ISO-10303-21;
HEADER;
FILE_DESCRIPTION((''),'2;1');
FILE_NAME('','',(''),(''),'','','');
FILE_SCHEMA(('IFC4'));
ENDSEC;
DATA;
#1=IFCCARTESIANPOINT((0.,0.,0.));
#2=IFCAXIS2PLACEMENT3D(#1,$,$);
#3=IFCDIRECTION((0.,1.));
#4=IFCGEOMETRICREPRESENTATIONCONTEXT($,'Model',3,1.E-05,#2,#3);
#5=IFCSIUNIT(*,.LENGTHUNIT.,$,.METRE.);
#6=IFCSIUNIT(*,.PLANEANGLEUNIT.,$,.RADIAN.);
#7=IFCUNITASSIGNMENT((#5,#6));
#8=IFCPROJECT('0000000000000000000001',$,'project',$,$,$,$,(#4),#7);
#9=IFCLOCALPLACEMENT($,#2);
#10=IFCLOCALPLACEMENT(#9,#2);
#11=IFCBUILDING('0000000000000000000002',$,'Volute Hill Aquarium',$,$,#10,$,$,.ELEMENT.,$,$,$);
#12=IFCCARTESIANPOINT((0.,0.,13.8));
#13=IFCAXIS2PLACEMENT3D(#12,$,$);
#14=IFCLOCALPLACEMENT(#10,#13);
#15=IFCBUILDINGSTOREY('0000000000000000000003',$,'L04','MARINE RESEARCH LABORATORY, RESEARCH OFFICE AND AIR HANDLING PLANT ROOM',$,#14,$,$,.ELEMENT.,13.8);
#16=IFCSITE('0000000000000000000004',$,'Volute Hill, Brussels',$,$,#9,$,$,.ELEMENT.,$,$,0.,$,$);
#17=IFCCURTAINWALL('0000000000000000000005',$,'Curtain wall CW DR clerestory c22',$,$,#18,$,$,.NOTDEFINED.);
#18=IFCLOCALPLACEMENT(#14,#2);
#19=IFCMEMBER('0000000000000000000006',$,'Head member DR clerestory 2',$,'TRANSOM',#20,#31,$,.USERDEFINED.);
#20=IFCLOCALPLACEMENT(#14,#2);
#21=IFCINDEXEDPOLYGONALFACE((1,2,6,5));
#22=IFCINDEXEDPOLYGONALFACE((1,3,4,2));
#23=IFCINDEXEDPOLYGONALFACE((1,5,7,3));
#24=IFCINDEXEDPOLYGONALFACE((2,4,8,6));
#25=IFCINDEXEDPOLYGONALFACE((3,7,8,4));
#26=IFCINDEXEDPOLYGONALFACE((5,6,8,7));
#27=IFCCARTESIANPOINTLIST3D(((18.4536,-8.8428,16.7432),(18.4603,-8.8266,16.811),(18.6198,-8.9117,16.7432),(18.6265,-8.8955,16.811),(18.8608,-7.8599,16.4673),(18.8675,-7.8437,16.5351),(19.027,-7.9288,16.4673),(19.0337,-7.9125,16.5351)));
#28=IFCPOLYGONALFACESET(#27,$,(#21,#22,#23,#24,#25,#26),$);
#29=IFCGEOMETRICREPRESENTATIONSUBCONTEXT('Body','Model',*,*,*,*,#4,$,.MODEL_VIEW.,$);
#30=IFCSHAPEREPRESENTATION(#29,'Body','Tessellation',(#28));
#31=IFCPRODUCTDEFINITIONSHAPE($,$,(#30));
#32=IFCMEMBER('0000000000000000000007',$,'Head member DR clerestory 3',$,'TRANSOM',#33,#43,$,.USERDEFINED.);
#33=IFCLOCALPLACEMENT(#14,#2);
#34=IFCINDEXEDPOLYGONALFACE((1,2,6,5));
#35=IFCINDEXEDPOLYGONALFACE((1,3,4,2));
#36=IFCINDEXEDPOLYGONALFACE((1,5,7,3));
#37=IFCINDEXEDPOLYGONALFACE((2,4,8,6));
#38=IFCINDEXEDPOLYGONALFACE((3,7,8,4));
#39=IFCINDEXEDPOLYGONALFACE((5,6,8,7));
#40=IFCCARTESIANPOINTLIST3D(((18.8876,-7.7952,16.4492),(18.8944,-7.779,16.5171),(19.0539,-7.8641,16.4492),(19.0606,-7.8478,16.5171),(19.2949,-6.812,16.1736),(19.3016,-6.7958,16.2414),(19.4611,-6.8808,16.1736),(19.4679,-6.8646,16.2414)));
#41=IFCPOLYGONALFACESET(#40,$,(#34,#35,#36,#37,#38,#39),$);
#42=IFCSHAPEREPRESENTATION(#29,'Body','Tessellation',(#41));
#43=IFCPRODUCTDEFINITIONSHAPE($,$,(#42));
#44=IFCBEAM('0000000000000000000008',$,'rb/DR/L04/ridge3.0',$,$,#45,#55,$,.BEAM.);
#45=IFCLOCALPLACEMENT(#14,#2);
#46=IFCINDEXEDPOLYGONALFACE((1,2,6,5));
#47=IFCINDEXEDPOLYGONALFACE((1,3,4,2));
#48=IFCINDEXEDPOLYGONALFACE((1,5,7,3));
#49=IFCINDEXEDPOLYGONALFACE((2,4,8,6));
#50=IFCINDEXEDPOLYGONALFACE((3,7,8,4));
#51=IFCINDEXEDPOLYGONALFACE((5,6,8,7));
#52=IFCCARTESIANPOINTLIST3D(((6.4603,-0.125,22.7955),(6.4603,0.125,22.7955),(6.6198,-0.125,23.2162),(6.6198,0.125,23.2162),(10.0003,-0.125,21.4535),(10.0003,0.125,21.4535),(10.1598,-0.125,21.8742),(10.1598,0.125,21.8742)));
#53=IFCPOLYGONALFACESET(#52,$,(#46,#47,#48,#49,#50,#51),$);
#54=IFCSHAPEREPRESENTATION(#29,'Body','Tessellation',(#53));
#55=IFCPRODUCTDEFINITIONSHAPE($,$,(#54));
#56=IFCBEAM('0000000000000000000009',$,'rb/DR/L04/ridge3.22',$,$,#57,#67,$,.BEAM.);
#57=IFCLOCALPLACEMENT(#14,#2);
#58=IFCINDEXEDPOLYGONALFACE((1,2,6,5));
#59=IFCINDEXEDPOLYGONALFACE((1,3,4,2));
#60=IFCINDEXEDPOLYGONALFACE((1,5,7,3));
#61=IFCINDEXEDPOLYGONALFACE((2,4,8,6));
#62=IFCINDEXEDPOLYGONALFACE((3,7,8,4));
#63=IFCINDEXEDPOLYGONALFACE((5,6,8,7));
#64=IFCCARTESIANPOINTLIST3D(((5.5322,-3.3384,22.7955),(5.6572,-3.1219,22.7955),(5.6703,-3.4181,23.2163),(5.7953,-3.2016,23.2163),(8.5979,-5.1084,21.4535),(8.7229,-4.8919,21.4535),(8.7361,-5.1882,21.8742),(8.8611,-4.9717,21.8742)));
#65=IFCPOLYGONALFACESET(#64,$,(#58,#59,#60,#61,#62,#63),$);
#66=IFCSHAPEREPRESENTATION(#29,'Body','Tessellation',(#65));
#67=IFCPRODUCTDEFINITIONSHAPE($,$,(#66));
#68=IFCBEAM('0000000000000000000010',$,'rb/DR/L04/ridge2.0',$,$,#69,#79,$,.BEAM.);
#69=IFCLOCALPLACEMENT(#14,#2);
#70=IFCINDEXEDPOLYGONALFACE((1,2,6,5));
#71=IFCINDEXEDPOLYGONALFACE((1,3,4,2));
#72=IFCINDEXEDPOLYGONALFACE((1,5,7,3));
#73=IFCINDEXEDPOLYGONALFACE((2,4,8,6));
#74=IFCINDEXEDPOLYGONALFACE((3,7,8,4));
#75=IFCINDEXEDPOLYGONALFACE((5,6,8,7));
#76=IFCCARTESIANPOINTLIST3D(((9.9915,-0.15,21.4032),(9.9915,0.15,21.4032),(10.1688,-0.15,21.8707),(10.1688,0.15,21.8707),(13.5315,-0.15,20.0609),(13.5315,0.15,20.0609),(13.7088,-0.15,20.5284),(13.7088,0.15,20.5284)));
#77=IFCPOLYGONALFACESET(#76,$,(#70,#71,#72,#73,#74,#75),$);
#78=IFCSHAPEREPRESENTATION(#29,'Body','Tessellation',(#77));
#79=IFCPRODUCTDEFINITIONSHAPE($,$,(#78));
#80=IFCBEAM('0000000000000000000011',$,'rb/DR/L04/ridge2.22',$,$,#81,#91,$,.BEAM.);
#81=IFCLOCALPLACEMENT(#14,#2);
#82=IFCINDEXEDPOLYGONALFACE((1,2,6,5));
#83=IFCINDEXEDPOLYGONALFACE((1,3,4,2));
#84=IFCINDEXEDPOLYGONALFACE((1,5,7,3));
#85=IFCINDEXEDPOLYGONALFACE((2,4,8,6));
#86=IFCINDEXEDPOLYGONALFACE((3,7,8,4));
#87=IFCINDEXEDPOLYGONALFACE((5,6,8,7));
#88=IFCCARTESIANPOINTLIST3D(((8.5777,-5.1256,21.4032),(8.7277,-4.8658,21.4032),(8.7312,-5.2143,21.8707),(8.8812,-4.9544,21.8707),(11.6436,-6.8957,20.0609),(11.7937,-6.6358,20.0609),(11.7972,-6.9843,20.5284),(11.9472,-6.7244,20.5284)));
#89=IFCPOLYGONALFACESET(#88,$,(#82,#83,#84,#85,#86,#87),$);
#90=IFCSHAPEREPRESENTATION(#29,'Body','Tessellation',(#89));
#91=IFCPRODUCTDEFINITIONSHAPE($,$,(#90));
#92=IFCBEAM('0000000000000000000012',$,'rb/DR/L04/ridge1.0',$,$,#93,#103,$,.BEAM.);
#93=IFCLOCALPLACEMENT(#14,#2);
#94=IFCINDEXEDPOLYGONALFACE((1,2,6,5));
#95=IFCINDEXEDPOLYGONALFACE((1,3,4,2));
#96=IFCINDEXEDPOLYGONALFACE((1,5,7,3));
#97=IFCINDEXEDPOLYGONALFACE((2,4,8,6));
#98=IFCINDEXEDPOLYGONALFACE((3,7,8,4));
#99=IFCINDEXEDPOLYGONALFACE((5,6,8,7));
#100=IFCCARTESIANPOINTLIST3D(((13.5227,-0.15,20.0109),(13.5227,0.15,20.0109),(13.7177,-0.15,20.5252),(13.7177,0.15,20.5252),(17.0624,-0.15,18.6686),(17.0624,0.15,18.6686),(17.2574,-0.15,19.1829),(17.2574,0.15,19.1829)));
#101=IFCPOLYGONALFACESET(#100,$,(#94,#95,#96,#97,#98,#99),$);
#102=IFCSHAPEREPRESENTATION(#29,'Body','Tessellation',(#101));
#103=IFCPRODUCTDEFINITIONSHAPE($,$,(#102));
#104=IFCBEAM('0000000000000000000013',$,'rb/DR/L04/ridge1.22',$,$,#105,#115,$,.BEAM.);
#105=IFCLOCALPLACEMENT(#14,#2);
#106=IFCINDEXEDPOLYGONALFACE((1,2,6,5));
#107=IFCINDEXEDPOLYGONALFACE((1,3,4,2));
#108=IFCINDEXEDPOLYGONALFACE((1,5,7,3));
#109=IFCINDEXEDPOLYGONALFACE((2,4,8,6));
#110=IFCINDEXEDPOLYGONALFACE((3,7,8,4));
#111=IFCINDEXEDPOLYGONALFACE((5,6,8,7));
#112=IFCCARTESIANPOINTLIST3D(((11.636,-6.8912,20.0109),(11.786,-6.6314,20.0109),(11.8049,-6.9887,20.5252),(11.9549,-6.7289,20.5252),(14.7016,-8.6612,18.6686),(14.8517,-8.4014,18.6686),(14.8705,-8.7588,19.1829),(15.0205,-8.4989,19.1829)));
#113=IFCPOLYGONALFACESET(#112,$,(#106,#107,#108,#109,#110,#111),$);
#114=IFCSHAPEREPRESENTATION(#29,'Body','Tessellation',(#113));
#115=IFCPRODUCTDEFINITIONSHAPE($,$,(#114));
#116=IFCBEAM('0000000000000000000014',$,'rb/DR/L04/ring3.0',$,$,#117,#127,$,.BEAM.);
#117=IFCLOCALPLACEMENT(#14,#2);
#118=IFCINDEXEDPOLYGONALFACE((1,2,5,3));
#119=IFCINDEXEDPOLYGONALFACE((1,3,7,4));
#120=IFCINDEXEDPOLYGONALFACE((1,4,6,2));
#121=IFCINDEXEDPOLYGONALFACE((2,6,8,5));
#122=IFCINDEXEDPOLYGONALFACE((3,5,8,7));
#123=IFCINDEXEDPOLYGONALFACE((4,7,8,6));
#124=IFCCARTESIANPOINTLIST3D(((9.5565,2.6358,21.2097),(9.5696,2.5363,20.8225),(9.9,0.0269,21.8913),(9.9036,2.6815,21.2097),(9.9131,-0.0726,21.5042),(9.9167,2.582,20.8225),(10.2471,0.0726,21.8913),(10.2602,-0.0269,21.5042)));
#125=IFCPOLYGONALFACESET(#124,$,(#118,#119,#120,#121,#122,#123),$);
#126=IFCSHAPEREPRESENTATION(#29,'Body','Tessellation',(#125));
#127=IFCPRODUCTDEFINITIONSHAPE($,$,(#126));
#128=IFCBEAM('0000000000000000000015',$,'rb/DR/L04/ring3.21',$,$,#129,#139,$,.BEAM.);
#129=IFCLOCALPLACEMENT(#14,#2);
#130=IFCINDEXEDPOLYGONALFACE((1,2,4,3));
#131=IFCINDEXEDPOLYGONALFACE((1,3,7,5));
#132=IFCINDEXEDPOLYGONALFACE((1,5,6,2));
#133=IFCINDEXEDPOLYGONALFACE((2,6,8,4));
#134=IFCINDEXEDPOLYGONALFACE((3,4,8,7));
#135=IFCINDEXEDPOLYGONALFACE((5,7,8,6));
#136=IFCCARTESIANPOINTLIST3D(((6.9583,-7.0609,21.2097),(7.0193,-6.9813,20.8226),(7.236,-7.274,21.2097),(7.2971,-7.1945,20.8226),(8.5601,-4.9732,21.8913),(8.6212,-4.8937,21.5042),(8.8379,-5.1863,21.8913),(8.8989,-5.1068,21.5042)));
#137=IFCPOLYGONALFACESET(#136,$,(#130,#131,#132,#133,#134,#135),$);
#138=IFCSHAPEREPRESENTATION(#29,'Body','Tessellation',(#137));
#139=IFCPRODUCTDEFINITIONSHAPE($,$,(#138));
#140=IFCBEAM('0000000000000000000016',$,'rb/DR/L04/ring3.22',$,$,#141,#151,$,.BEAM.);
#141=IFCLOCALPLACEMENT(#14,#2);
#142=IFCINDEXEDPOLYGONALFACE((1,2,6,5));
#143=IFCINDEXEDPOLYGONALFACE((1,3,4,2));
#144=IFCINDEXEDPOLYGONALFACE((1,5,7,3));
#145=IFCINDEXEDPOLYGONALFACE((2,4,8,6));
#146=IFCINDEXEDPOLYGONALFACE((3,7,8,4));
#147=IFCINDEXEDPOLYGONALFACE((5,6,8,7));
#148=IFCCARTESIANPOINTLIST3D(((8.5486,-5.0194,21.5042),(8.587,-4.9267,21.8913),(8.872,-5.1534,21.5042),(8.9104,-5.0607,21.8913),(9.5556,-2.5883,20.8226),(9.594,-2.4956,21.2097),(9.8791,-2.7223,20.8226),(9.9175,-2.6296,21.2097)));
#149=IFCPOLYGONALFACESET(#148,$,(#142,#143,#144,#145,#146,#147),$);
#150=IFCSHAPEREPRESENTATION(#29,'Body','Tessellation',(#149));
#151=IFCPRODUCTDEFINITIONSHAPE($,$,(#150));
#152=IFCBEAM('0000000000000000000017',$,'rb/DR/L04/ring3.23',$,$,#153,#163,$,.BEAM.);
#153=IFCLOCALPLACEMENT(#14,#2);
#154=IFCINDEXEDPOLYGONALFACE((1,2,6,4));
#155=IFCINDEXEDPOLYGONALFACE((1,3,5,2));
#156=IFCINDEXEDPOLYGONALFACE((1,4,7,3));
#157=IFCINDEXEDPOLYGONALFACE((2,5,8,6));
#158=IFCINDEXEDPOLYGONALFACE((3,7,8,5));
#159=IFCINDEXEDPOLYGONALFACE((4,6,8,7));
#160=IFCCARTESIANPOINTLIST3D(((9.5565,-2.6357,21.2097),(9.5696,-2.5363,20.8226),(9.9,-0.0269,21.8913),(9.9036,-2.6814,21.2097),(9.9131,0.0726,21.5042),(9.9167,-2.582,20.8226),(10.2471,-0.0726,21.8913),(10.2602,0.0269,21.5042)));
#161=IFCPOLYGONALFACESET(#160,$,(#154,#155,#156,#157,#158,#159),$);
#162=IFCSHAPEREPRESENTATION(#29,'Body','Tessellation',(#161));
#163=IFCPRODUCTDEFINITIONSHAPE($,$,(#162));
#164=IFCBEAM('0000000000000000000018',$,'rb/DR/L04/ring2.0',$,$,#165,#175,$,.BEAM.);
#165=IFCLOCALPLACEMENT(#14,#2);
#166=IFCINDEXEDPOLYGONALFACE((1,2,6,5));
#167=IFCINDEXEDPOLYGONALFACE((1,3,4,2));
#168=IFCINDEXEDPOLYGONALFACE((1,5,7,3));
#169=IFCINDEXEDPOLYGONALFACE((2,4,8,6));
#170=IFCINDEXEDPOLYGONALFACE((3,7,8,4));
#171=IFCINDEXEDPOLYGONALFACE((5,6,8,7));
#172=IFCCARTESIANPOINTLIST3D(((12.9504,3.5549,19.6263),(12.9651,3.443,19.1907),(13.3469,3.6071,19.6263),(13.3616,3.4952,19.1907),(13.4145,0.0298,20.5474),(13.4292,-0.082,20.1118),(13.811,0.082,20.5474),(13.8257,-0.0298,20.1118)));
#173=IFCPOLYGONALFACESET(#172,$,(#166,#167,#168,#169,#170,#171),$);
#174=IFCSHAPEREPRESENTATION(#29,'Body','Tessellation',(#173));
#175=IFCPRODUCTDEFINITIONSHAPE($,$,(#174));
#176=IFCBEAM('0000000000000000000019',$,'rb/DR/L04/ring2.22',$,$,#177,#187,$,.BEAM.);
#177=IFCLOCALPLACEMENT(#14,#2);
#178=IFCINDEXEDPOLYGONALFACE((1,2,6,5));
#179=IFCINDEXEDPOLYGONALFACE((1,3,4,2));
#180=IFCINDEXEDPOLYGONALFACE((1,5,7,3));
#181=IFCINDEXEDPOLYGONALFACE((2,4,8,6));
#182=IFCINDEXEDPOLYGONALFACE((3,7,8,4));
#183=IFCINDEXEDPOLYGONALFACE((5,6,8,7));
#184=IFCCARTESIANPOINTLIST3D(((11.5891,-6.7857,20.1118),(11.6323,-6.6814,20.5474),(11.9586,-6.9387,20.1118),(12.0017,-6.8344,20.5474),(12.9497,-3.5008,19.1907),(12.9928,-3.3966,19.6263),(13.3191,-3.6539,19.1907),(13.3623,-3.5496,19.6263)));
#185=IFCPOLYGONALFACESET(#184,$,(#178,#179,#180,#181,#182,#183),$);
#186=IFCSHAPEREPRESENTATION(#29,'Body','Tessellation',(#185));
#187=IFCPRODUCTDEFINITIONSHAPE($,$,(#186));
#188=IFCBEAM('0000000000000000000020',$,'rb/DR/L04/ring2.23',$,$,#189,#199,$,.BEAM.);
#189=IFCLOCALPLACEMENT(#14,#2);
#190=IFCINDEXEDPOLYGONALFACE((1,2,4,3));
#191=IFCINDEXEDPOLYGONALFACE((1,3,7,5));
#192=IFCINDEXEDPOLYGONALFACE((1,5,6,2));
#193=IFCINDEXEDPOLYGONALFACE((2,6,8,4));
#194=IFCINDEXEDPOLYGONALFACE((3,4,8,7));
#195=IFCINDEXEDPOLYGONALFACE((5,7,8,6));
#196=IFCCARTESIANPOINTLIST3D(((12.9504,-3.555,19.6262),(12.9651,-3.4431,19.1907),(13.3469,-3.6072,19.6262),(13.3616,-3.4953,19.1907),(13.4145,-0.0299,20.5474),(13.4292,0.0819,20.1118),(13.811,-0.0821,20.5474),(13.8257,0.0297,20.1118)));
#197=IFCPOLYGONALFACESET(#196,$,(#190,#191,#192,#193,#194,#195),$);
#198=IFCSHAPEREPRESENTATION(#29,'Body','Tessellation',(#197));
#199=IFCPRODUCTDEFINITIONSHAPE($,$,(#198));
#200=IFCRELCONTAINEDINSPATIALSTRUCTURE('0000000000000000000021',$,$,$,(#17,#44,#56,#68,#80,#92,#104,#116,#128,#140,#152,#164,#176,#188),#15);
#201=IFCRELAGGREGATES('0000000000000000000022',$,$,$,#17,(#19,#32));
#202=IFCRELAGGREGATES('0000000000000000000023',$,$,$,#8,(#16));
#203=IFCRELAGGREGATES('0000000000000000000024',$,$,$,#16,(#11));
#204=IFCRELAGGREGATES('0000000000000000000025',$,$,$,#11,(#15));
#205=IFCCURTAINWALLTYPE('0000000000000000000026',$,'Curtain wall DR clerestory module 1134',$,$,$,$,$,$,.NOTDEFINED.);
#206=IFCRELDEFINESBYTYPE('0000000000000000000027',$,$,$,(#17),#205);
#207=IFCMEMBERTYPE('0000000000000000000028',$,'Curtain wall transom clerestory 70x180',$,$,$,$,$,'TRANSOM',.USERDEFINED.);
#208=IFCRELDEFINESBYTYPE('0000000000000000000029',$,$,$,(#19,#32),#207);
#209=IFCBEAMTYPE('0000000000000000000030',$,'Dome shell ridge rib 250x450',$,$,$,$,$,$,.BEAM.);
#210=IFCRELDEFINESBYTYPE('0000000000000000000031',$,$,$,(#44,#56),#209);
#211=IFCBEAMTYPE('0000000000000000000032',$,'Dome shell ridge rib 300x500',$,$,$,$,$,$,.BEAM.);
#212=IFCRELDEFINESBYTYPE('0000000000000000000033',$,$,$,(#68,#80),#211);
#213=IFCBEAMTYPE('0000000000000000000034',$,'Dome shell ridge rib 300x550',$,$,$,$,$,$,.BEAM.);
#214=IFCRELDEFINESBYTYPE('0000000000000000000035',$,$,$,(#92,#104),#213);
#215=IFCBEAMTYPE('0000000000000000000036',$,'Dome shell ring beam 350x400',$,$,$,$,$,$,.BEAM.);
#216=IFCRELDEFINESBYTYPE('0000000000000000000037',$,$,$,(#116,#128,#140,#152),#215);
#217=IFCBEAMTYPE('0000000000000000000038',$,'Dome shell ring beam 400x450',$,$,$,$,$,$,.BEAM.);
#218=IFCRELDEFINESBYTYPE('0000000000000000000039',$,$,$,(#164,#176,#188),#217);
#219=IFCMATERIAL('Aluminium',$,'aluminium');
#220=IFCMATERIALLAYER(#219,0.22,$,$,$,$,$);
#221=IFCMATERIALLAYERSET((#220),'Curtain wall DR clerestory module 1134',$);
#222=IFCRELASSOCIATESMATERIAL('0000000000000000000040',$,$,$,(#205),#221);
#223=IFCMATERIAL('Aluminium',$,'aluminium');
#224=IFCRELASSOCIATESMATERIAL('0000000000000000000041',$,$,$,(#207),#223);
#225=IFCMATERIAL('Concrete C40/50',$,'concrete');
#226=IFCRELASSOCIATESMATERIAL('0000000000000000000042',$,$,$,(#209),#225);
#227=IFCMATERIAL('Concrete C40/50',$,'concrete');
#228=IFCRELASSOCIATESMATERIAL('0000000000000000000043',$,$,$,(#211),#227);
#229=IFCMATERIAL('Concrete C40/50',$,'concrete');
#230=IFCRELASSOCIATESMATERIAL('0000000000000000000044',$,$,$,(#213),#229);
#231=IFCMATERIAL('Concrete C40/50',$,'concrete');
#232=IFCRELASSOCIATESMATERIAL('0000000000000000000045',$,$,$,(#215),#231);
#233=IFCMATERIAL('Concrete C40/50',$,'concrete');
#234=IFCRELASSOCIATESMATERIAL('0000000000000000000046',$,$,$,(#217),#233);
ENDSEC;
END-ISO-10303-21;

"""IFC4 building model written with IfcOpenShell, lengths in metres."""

from ifc_helpers import new_model, si_unit, direction, frame, origin, origin_2d, place, context, subcontext, project, spatial, rectangle, extrude, material, layer, layer_set, material_profile, profile_set, type_object, element, aggregate, save


model = new_model("IFC4")

# Units and contexts
model_context = context("Model", 3, precision=1e-05, world=origin(), true_north=direction((0.0, 1.0)))
body_context = subcontext(model_context, "Body", "Model", "MODEL_VIEW")
ifc_project = project(units=[si_unit("LENGTHUNIT", "METRE"), si_unit("PLANEANGLEUNIT", "RADIAN")], contexts=[model_context])

# Site, building, storey
site_placement = place(None, origin())
site = spatial("IfcSite", under=ifc_project, at=site_placement, Name="Volute Hill, Brussels", CompositionType="ELEMENT", RefElevation=0.0)
building_placement = place(site_placement, origin())
building = spatial("IfcBuilding", under=site, at=building_placement, Name="Volute Hill Aquarium", CompositionType="ELEMENT")
storey_placement = place(building_placement, frame((0.0, 0.0, 13.8)))
storey = spatial("IfcBuildingStorey", under=building, at=storey_placement, Name="L04", Description="MARINE RESEARCH LABORATORY, RESEARCH OFFICE AND AIR HANDLING PLANT ROOM", CompositionType="ELEMENT", Elevation=13.8)

# Curtain wall, members
ifc_material_1 = material(Name="Aluminium", Category="aluminium")
ifc_layer_1 = layer(ifc_material_1, 0.22)
ifc_layer_set_1 = layer_set([ifc_layer_1], Name="Curtain wall DR clerestory module 1134")
curtain_wall_type = type_object("IfcCurtainWallType", Name="Curtain wall DR clerestory module 1134", PredefinedType="NOTDEFINED", material=ifc_layer_set_1)
curtain_wall_placement = place(storey_placement, origin())
curtain_wall = element("IfcCurtainWall", 1, at=curtain_wall_placement, inside=storey, type_object=curtain_wall_type, Name="Curtain wall CW DR clerestory c22", PredefinedType="NOTDEFINED")
ifc_material_2 = material(Name="Aluminium", Category="aluminium")
ifc_material_profile_1 = material_profile(ifc_material_2, rectangle(XDim=0.1799, YDim=0.0701, at=origin_2d()), Name="Curtain wall transom clerestory 70x180")
ifc_profile_set_1 = profile_set([ifc_material_profile_1], Name="Aluminium")
member_type = type_object("IfcMemberType", Name="Curtain wall transom clerestory 70x180", ElementType="TRANSOM", PredefinedType="USERDEFINED", material=ifc_profile_set_1)
member_1_placement = place(storey_placement, frame((18.54, -8.8691, 16.7771), z_axis=(0.370504, 0.894274, -0.251001), x_axis=(-0.923849, 0.382757, 0.0)))
member_1 = element("IfcMember", 2, at=member_1_placement, type_object=member_type, Name="Head member DR clerestory 2", ObjectType="TRANSOM", PredefinedType="USERDEFINED", context=body_context, shape_type="SweptSolid", body=[
    extrude(rectangle(XDim=0.1799, YDim=0.0701, at=origin_2d()), origin(), (0.0, 0.0, 1.0), 1.0991),
])
member_2_placement = place(storey_placement, frame((18.9741, -7.8215, 16.4832), z_axis=(0.370451, 0.894368, -0.250743), x_axis=(-0.923883, 0.382676, 0.0)))
member_2 = element("IfcMember", 3, at=member_2_placement, type_object=member_type, Name="Head member DR clerestory 3", ObjectType="TRANSOM", PredefinedType="USERDEFINED", context=body_context, shape_type="SweptSolid", body=[
    extrude(rectangle(XDim=0.1799, YDim=0.0701, at=origin_2d()), origin(), (0.0, 0.0, 1.0), 1.0994),
])
aggregate(curtain_wall, [member_1, member_2])

# Beams
ifc_material_3 = material(Name="Concrete C40/50", Category="concrete")
ifc_material_profile_2 = material_profile(ifc_material_3, rectangle(XDim=0.25, YDim=0.45, at=origin_2d()), Name="RC rib 250x450")
ifc_profile_set_2 = profile_set([ifc_material_profile_2], Name="Concrete C40/50")
beam_type_1 = type_object("IfcBeamType", Name="Dome shell ridge rib 250x450", PredefinedType="BEAM", material=ifc_profile_set_2)
for number, where, z_axis, x_axis, name in (
    (4, (10.0801, 0.0, 21.6638), (-0.935062, 0.0, 0.354485), (0.0, -1.0, 0.0), "rb/DR/L04/ridge3.0"),
    (5, (8.7295, -5.04, 21.6638), (-0.809779, 0.46754, 0.354492), (-0.500011, -0.866019, 0.0), "rb/DR/L04/ridge3.22"),
):
    element("IfcBeam", number, at=place(storey_placement, frame(where, z_axis=z_axis, x_axis=x_axis)), inside=storey, type_object=beam_type_1, Name=name, PredefinedType="BEAM", context=body_context, shape_type="SweptSolid", body=[
        extrude(rectangle(XDim=0.25, YDim=0.45, at=origin_2d()), origin(), (0.0, 0.0, 1.0), 3.7859),
    ])
ifc_material_4 = material(Name="Concrete C40/50", Category="concrete")
ifc_material_profile_3 = material_profile(ifc_material_4, rectangle(XDim=0.3, YDim=0.5, at=origin_2d()), Name="RC rib 300x500")
ifc_profile_set_3 = profile_set([ifc_material_profile_3], Name="Concrete C40/50")
beam_type_2 = type_object("IfcBeamType", Name="Dome shell ridge rib 300x500", PredefinedType="BEAM", material=ifc_profile_set_3)
beam_1_placement = place(storey_placement, frame((13.6201, 0.0, 20.2947), z_axis=(-0.93504, 0.0, 0.354541), x_axis=(0.0, -1.0, 0.0)))
element("IfcBeam", 6, at=beam_1_placement, inside=storey, type_object=beam_type_2, Name="rb/DR/L04/ridge2.0", PredefinedType="BEAM", context=body_context, shape_type="SweptSolid", body=[
    extrude(rectangle(XDim=0.3, YDim=0.5, at=origin_2d()), origin(), (0.0, 0.0, 1.0), 3.7859),
])
beam_2_placement = place(storey_placement, frame((11.7954, -6.8101, 20.2947), z_axis=(-0.809783, 0.467505, 0.35453), x_axis=(-0.499981, -0.866036, 0.0)))
element("IfcBeam", 7, at=beam_2_placement, inside=storey, type_object=beam_type_2, Name="rb/DR/L04/ridge2.22", PredefinedType="BEAM", context=body_context, shape_type="SweptSolid", body=[
    extrude(rectangle(XDim=0.3, YDim=0.5, at=origin_2d()), origin(), (0.0, 0.0, 1.0), 3.7861),
])
ifc_material_5 = material(Name="Concrete C40/50", Category="concrete")
ifc_material_profile_4 = material_profile(ifc_material_5, rectangle(XDim=0.3, YDim=0.55, at=origin_2d()), Name="RC rib 300x550")
ifc_profile_set_4 = profile_set([ifc_material_profile_4], Name="Concrete C40/50")
beam_type_3 = type_object("IfcBeamType", Name="Dome shell ridge rib 300x550", PredefinedType="BEAM", material=ifc_profile_set_4)
beam_3_placement = place(storey_placement, frame((17.1599, 0.0, 18.9258), z_axis=(-0.935032, 0.0, 0.354563), x_axis=(0.0, -1.0, 0.0)))
element("IfcBeam", 8, at=beam_3_placement, inside=storey, type_object=beam_type_3, Name="rb/DR/L04/ridge1.0", PredefinedType="BEAM", context=body_context, shape_type="SweptSolid", body=[
    extrude(rectangle(XDim=0.3, YDim=0.55, at=origin_2d()), origin(), (0.0, 0.0, 1.0), 3.7856),
])
beam_4_placement = place(storey_placement, frame((14.8611, -8.5801, 18.9258), z_axis=(-0.80976, 0.467529, 0.354548), x_axis=(-0.500011, -0.866019, 0.0)))
element("IfcBeam", 9, at=beam_4_placement, inside=storey, type_object=beam_type_3, Name="rb/DR/L04/ridge1.22", PredefinedType="BEAM", context=body_context, shape_type="SweptSolid", body=[
    extrude(rectangle(XDim=0.3, YDim=0.55, at=origin_2d()), origin(), (0.0, 0.0, 1.0), 3.7859),
])
ifc_material_6 = material(Name="Concrete C40/50", Category="concrete")
ifc_material_profile_5 = material_profile(ifc_material_6, rectangle(XDim=0.3501, YDim=0.3999, at=origin_2d()), Name="RC beam 350x400")
ifc_profile_set_5 = profile_set([ifc_material_profile_5], Name="Concrete C40/50")
beam_type_4 = type_object("IfcBeamType", Name="Dome shell ring beam 350x400", PredefinedType="BEAM", material=ifc_profile_set_5)
for number, where, z_axis, x_axis, name in (
    (10, (10.0801, 0.0, 21.6978), (-0.12637, 0.959765, -0.250764), (-0.991443, -0.130541, 0.0), "rb/DR/L04/ring3.0"),
    (11, (7.1277, -7.1277, 21.0161), (0.589286, 0.768021, 0.250768), (-0.793372, 0.608737, 0.0), "rb/DR/L04/ring3.21"),
    (12, (8.7295, -5.04, 21.6978), (0.370477, 0.894353, -0.250757), (-0.923871, 0.382704, 0.0), "rb/DR/L04/ring3.22"),
    (13, (9.7366, -2.6089, 21.0161), (0.12637, 0.959765, 0.250764), (-0.991443, 0.130541, 0.0), "rb/DR/L04/ring3.23"),
):
    element("IfcBeam", number, at=place(storey_placement, frame(where, z_axis=z_axis, x_axis=x_axis)), inside=storey, type_object=beam_type_4, Name=name, PredefinedType="BEAM", context=body_context, shape_type="SweptSolid", body=[
        extrude(rectangle(XDim=0.3501, YDim=0.3999, at=origin_2d()), origin(), (0.0, 0.0, 1.0), 2.7183),
    ])
ifc_material_7 = material(Name="Concrete C40/50", Category="concrete")
ifc_material_profile_6 = material_profile(ifc_material_7, rectangle(XDim=0.3999, YDim=0.45, at=origin_2d()), Name="RC beam 400x450")
ifc_profile_set_6 = profile_set([ifc_material_profile_6], Name="Concrete C40/50")
beam_type_5 = type_object("IfcBeamType", Name="Dome shell ring beam 400x450", PredefinedType="BEAM", material=ifc_profile_set_6)
for number, where, z_axis, x_axis, name in (
    (14, (13.6201, 0.0, 20.3296), (-0.126359, 0.959759, -0.250791), (-0.991444, -0.130531, 0.0), "rb/DR/L04/ring2.0"),
    (15, (11.7954, -6.8101, 20.3296), (0.370439, 0.894359, -0.250793), (-0.923885, 0.382669, 0.0), "rb/DR/L04/ring2.22"),
    (16, (13.156, -3.5251, 19.4084), (0.126359, 0.959759, 0.250791), (-0.991444, 0.130531, 0.0), "rb/DR/L04/ring2.23"),
):
    element("IfcBeam", number, at=place(storey_placement, frame(where, z_axis=z_axis, x_axis=x_axis)), inside=storey, type_object=beam_type_5, Name=name, PredefinedType="BEAM", context=body_context, shape_type="SweptSolid", body=[
        extrude(rectangle(XDim=0.3999, YDim=0.45, at=origin_2d()), origin(), (0.0, 0.0, 1.0), 3.6729),
    ])

save(model, "model.ifc")
